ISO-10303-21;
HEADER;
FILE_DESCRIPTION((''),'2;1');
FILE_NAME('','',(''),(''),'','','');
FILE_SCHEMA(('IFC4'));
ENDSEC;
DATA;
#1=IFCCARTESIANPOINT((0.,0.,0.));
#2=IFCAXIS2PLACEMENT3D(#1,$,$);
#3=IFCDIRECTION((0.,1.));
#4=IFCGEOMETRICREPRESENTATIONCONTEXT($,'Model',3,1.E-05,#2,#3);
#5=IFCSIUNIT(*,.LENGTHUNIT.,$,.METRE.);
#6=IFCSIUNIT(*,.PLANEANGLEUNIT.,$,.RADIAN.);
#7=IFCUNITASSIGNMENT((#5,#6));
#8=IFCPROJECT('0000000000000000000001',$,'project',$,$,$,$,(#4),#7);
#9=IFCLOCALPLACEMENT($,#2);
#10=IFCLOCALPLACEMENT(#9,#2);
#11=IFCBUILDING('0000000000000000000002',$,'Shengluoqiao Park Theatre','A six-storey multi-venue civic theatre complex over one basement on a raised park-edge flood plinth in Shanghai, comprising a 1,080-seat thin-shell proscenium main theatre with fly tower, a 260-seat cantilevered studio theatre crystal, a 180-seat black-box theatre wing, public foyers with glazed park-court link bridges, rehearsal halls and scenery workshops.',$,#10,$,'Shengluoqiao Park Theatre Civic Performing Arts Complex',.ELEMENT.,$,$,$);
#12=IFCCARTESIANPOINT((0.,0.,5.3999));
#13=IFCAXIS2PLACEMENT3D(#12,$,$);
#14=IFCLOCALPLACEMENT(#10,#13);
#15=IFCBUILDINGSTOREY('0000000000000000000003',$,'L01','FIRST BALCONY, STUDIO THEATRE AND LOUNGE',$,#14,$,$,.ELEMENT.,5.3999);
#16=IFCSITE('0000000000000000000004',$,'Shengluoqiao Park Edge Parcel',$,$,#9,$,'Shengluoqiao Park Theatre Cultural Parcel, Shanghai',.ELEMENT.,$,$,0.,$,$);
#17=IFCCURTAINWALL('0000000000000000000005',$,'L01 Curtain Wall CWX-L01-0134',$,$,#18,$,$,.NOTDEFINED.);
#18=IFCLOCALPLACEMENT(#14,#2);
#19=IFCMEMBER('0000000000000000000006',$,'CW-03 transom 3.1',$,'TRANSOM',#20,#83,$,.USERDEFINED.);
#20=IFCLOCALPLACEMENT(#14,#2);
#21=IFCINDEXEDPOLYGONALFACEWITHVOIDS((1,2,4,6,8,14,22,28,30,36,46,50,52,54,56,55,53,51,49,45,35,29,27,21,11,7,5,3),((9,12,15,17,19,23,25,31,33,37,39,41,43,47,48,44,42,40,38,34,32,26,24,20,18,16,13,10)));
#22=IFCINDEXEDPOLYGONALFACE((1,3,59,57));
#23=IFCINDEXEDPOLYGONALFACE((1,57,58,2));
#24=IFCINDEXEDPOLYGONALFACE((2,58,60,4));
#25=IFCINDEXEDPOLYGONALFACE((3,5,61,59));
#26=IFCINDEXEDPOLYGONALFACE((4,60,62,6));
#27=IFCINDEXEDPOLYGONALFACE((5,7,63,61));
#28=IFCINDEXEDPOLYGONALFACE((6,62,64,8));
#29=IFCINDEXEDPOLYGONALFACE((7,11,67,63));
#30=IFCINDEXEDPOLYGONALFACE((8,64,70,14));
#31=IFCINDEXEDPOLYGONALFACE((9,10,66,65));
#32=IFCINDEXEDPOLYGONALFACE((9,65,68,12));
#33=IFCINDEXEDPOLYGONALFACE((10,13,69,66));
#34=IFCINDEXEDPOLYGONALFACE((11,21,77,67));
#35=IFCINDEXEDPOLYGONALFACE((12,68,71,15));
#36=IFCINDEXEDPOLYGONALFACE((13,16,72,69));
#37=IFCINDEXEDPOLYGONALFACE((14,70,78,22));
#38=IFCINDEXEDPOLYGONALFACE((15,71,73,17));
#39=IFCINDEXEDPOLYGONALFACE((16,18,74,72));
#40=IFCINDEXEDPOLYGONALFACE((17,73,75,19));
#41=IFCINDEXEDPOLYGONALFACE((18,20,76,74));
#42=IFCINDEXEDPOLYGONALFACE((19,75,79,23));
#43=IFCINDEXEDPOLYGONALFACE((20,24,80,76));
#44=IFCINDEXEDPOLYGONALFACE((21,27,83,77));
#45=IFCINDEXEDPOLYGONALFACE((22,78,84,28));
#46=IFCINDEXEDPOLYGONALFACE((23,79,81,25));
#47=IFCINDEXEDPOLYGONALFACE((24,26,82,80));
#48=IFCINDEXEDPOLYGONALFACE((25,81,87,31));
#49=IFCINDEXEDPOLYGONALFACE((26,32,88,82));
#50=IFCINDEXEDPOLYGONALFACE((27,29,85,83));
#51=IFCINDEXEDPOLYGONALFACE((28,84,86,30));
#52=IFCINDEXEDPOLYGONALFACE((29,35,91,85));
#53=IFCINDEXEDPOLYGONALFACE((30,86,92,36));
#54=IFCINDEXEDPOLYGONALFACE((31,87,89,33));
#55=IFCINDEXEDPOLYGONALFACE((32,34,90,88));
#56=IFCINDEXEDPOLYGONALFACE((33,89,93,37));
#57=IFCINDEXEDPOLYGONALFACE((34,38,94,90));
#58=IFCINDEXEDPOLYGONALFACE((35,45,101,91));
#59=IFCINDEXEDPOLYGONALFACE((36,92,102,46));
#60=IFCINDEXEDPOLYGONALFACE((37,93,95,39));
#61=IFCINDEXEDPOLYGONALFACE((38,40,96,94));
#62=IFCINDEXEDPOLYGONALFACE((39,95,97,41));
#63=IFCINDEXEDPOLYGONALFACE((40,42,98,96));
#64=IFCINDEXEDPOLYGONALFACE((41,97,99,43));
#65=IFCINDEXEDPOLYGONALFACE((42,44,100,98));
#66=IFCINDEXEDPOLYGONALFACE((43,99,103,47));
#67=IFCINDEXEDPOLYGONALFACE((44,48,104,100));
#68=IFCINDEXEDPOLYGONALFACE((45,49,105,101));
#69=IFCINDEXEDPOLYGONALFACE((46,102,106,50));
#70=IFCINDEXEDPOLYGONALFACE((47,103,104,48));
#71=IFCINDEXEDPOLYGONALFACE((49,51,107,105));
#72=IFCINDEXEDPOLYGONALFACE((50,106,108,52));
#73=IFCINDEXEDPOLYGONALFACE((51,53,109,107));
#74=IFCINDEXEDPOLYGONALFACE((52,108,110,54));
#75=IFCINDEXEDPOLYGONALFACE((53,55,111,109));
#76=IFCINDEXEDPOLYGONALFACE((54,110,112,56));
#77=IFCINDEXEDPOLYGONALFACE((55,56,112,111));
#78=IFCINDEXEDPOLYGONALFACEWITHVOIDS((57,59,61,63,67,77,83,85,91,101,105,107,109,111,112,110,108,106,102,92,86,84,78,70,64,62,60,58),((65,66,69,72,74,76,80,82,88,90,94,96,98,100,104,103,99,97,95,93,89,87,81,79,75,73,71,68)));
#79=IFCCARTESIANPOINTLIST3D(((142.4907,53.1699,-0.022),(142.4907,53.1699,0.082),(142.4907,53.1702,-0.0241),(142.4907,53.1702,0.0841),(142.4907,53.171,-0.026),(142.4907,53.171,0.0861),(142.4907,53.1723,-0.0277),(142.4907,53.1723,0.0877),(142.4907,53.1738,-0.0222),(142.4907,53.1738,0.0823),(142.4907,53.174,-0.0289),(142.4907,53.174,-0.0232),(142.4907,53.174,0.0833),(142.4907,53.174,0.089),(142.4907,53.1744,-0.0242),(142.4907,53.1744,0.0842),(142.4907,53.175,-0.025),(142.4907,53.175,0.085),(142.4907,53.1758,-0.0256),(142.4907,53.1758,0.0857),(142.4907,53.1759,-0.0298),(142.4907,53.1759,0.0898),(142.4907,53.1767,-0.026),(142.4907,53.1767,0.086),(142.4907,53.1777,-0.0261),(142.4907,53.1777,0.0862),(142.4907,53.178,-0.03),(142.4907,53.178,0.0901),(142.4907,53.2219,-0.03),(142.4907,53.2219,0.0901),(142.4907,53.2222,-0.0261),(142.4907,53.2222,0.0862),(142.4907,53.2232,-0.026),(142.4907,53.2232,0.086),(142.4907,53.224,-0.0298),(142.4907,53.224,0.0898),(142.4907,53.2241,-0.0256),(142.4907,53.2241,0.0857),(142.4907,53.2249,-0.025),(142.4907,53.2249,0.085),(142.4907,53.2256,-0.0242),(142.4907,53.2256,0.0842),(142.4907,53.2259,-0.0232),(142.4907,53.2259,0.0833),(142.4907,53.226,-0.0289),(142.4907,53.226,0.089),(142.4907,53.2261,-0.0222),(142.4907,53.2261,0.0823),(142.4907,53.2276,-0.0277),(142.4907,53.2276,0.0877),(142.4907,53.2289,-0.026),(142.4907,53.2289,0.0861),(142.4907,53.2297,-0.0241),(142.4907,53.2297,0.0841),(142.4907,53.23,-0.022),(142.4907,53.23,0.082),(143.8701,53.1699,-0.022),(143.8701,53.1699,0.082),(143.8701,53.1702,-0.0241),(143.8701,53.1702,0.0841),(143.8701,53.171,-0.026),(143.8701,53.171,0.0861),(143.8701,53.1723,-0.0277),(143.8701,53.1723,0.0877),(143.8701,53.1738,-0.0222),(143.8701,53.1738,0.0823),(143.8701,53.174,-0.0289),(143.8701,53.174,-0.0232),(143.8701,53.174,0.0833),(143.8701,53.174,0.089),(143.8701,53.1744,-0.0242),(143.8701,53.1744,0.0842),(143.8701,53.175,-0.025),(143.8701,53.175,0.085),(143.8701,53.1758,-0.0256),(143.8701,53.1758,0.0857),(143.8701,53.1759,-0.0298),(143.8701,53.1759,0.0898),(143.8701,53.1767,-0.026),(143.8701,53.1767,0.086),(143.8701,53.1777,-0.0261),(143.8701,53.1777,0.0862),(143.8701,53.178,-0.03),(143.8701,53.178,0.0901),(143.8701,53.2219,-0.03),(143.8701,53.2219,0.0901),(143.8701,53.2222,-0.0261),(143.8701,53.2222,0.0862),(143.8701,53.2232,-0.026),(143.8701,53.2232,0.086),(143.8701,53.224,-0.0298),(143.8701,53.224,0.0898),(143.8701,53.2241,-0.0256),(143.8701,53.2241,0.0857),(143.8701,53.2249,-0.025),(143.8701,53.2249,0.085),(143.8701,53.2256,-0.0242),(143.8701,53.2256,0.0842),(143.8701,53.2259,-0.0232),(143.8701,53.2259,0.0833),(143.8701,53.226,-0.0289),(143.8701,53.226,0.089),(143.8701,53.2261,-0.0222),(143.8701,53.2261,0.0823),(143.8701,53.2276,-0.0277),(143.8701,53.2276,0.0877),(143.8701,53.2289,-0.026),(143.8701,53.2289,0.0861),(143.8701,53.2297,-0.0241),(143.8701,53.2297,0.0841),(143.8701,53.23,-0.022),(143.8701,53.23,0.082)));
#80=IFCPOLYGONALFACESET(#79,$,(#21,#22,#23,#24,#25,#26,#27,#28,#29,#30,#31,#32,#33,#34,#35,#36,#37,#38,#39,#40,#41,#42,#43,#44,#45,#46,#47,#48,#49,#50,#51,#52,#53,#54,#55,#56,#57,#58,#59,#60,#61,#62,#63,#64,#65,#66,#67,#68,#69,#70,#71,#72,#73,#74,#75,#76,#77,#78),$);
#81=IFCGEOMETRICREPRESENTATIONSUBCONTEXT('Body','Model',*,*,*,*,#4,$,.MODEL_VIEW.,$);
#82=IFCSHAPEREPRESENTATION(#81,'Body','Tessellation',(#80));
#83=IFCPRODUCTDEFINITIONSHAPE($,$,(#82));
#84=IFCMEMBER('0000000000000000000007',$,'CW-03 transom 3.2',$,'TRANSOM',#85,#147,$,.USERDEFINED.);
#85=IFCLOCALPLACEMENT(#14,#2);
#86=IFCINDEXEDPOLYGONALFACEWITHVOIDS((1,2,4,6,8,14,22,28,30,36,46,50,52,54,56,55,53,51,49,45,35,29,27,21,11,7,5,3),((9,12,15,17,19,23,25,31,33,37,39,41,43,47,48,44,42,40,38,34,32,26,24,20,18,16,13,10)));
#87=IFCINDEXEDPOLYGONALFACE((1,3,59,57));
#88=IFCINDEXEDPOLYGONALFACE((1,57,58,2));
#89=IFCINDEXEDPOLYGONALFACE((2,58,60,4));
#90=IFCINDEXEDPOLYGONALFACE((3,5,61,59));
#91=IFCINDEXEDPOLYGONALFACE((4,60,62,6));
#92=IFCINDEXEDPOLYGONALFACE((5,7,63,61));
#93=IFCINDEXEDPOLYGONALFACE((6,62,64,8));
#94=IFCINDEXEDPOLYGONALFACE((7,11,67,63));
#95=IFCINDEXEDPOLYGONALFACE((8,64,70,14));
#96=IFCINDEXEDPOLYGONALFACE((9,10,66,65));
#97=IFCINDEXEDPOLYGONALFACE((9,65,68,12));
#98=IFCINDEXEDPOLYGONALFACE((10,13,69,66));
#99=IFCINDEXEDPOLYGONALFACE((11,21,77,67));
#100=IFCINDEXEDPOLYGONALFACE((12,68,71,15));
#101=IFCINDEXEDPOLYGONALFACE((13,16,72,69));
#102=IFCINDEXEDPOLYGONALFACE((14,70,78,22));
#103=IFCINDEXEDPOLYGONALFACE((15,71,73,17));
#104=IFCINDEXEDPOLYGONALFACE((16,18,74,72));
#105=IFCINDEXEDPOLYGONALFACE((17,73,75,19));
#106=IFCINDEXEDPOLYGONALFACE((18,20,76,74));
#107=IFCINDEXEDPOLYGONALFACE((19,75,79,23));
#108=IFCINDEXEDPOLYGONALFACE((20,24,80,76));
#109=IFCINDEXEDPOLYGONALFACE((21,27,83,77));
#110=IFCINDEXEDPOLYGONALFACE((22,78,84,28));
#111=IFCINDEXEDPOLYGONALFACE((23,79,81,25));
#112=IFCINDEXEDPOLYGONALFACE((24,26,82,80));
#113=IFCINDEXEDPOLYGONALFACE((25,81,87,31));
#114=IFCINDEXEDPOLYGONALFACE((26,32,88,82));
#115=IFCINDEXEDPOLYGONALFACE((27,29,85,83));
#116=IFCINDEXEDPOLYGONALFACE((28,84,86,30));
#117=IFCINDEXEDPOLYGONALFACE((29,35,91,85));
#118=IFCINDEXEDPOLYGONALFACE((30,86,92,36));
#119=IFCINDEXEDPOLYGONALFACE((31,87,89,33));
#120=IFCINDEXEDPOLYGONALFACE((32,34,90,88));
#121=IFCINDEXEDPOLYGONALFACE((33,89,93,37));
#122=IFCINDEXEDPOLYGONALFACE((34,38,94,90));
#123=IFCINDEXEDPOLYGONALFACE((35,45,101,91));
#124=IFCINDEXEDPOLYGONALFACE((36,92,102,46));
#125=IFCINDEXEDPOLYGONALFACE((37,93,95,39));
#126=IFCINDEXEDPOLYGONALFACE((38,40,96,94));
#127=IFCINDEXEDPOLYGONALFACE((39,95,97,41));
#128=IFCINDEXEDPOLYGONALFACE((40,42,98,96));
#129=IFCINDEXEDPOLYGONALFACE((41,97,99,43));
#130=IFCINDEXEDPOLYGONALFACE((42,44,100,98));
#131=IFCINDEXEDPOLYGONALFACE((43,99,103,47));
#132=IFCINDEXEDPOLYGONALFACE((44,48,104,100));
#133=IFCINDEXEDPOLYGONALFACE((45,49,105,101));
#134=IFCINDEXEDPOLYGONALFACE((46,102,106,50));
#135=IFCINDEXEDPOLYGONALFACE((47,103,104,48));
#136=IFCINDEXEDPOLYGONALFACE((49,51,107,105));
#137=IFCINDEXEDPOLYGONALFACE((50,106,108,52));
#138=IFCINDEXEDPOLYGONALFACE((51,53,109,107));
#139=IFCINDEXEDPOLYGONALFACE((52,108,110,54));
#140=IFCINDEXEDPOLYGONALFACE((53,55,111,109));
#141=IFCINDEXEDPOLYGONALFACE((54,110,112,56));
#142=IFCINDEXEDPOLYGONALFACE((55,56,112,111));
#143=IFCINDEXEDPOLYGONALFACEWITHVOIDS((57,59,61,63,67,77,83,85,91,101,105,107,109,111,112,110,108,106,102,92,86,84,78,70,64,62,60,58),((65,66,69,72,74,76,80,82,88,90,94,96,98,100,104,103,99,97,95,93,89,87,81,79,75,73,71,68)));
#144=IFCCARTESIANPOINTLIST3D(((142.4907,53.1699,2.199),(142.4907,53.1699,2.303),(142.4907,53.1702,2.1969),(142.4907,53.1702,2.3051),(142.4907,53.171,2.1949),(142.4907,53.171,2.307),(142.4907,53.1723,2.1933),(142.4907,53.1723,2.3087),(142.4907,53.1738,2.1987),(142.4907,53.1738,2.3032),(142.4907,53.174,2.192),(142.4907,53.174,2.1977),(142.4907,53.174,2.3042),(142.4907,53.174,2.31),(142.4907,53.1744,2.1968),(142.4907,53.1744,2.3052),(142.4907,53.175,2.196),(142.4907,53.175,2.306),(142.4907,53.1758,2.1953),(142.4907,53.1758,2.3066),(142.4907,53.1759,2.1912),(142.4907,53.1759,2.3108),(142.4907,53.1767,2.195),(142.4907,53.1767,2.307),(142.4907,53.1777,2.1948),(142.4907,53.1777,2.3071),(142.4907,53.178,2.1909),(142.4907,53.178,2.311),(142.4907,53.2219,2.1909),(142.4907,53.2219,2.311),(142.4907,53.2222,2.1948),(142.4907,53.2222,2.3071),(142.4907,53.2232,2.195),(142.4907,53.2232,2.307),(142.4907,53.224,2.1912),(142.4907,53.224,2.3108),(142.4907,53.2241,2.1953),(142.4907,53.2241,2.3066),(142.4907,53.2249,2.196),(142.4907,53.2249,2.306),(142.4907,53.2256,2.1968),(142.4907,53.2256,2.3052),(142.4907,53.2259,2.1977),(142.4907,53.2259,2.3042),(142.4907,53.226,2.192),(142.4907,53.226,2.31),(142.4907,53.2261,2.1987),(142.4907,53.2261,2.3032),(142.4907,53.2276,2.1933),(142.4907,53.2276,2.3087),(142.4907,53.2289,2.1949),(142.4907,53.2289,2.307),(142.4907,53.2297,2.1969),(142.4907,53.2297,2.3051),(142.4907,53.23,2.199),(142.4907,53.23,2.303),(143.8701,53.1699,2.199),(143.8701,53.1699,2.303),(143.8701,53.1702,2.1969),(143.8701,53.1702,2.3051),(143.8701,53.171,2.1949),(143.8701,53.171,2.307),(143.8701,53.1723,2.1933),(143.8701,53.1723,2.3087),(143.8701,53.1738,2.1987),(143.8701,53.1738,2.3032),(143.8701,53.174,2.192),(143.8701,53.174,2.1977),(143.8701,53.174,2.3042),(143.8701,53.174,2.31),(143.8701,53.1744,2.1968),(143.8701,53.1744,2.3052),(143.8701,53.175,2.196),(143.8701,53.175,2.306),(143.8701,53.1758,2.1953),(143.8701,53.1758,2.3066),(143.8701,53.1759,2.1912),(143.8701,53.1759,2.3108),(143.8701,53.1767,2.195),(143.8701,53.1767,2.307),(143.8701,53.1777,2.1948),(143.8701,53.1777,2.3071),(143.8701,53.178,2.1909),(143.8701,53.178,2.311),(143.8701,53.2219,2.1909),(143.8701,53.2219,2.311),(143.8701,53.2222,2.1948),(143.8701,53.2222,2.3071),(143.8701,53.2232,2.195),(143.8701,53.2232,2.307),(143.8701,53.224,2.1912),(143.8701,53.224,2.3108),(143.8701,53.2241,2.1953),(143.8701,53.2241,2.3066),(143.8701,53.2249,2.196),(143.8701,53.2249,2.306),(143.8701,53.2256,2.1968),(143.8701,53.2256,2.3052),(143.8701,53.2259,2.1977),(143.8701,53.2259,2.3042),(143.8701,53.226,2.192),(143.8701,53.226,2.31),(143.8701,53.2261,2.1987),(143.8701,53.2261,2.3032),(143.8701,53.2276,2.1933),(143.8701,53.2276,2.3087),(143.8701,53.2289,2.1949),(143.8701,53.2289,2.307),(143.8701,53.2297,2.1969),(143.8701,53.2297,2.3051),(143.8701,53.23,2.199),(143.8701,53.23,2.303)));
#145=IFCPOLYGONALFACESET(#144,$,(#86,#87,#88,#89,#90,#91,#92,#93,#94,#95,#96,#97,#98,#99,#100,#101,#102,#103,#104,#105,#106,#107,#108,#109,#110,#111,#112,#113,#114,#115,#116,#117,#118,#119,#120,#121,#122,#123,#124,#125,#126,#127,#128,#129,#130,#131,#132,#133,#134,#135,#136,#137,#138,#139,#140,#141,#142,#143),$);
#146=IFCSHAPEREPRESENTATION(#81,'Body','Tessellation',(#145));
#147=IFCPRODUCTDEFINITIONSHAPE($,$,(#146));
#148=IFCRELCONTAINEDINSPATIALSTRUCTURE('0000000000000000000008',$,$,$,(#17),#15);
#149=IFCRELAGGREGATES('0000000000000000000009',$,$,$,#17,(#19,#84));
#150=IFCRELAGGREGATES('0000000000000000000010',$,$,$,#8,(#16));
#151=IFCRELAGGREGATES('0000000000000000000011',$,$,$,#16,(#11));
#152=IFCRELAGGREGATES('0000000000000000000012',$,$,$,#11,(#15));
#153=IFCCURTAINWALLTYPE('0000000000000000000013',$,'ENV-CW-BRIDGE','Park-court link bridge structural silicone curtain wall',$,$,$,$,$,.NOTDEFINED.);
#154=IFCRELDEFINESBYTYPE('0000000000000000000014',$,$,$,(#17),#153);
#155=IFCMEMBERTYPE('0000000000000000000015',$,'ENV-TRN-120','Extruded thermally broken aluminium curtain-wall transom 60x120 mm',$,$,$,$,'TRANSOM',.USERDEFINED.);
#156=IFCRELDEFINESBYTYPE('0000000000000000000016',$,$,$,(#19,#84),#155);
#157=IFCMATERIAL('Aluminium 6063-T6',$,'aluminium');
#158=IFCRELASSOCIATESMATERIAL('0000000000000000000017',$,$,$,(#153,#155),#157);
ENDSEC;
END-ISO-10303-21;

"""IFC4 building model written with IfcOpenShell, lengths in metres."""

from ifc_helpers import new_model, si_unit, direction, frame, origin, origin_2d, place, context, subcontext, project, spatial, hollow_rectangle, extrude, material, material_profile, profile_set, type_object, element, aggregate, save


model = new_model("IFC4")

# Units and contexts
model_context = context("Model", 3, precision=1e-05, world=origin(), true_north=direction((0.0, 1.0)))
body_context = subcontext(model_context, "Body", "Model", "MODEL_VIEW")
ifc_project = project(units=[si_unit("LENGTHUNIT", "METRE"), si_unit("PLANEANGLEUNIT", "RADIAN")], contexts=[model_context])

# Site, building, storey
site_placement = place(None, origin())
site = spatial("IfcSite", under=ifc_project, at=site_placement, Name="Shengluoqiao Park Edge Parcel", LongName="Shengluoqiao Park Theatre Cultural Parcel, Shanghai", CompositionType="ELEMENT", RefElevation=0.0)
building_placement = place(site_placement, origin())
building = spatial("IfcBuilding", under=site, at=building_placement, Name="Shengluoqiao Park Theatre", Description="A six-storey multi-venue civic theatre complex over one basement on a raised park-edge flood plinth in Shanghai, comprising a 1,080-seat thin-shell proscenium main theatre with fly tower, a 260-seat cantilevered studio theatre crystal, a 180-seat black-box theatre wing, public foyers with glazed park-court link bridges, rehearsal halls and scenery workshops.", LongName="Shengluoqiao Park Theatre Civic Performing Arts Complex", CompositionType="ELEMENT")
storey_placement = place(building_placement, frame((0.0, 0.0, 5.3999)))
storey = spatial("IfcBuildingStorey", under=building, at=storey_placement, Name="L01", Description="FIRST BALCONY, STUDIO THEATRE AND LOUNGE", CompositionType="ELEMENT", Elevation=5.3999)

# Curtain wall
ifc_material_1 = material(Name="Aluminium 6063-T6", Category="aluminium")
curtain_wall_type = type_object("IfcCurtainWallType", Name="ENV-CW-BRIDGE", Description="Park-court link bridge structural silicone curtain wall", PredefinedType="NOTDEFINED", material=ifc_material_1)
curtain_wall_1_placement = place(storey_placement, origin())
curtain_wall_1 = element("IfcCurtainWall", 1, at=curtain_wall_1_placement, inside=storey, type_object=curtain_wall_type, Name="L01 Curtain Wall CWX-L01-0134", PredefinedType="NOTDEFINED")

# Members
ifc_material_profile_1 = material_profile(ifc_material_1, hollow_rectangle(XDim=0.0601, YDim=0.1201, WallThickness=0.0039, InnerFilletRadius=0.0039, OuterFilletRadius=0.0081, at=origin_2d()), Name="ALU TRANSOM 120x60x4")
ifc_profile_set_1 = profile_set([ifc_material_profile_1], Name="Aluminium 6063-T6")
member_type_1 = type_object("IfcMemberType", Name="ENV-TRN-120", Description="Extruded thermally broken aluminium curtain-wall transom 60x120 mm", ElementType="TRANSOM", PredefinedType="USERDEFINED", material=ifc_profile_set_1)
member_1_placement = place(storey_placement, frame((142.4907, 53.2, 0.03), z_axis=(1.0, 0.0, 0.0), x_axis=(0.0, 1.0, 0.0)))
member_1 = element("IfcMember", 2, at=member_1_placement, type_object=member_type_1, Name="CW-03 transom 3.1", ObjectType="TRANSOM", PredefinedType="USERDEFINED", context=body_context, shape_type="SweptSolid", body=[
    extrude(hollow_rectangle(XDim=0.0601, YDim=0.1201, WallThickness=0.0039, InnerFilletRadius=0.0039, OuterFilletRadius=0.0081, at=origin_2d()), origin(), (0.0, 0.0, 1.0), 1.3794),
])
member_2_placement = place(storey_placement, frame((142.4907, 53.2, 2.251), z_axis=(1.0, 0.0, 0.0), x_axis=(0.0, 1.0, 0.0)))
member_2 = element("IfcMember", 3, at=member_2_placement, type_object=member_type_1, Name="CW-03 transom 3.2", ObjectType="TRANSOM", PredefinedType="USERDEFINED", context=body_context, shape_type="SweptSolid", body=[
    extrude(hollow_rectangle(XDim=0.0601, YDim=0.1201, WallThickness=0.0039, InnerFilletRadius=0.0039, OuterFilletRadius=0.0081, at=origin_2d()), origin(), (0.0, 0.0, 1.0), 1.3794),
])

aggregate(curtain_wall_1, [member_1, member_2])

save(model, "model.ifc")
